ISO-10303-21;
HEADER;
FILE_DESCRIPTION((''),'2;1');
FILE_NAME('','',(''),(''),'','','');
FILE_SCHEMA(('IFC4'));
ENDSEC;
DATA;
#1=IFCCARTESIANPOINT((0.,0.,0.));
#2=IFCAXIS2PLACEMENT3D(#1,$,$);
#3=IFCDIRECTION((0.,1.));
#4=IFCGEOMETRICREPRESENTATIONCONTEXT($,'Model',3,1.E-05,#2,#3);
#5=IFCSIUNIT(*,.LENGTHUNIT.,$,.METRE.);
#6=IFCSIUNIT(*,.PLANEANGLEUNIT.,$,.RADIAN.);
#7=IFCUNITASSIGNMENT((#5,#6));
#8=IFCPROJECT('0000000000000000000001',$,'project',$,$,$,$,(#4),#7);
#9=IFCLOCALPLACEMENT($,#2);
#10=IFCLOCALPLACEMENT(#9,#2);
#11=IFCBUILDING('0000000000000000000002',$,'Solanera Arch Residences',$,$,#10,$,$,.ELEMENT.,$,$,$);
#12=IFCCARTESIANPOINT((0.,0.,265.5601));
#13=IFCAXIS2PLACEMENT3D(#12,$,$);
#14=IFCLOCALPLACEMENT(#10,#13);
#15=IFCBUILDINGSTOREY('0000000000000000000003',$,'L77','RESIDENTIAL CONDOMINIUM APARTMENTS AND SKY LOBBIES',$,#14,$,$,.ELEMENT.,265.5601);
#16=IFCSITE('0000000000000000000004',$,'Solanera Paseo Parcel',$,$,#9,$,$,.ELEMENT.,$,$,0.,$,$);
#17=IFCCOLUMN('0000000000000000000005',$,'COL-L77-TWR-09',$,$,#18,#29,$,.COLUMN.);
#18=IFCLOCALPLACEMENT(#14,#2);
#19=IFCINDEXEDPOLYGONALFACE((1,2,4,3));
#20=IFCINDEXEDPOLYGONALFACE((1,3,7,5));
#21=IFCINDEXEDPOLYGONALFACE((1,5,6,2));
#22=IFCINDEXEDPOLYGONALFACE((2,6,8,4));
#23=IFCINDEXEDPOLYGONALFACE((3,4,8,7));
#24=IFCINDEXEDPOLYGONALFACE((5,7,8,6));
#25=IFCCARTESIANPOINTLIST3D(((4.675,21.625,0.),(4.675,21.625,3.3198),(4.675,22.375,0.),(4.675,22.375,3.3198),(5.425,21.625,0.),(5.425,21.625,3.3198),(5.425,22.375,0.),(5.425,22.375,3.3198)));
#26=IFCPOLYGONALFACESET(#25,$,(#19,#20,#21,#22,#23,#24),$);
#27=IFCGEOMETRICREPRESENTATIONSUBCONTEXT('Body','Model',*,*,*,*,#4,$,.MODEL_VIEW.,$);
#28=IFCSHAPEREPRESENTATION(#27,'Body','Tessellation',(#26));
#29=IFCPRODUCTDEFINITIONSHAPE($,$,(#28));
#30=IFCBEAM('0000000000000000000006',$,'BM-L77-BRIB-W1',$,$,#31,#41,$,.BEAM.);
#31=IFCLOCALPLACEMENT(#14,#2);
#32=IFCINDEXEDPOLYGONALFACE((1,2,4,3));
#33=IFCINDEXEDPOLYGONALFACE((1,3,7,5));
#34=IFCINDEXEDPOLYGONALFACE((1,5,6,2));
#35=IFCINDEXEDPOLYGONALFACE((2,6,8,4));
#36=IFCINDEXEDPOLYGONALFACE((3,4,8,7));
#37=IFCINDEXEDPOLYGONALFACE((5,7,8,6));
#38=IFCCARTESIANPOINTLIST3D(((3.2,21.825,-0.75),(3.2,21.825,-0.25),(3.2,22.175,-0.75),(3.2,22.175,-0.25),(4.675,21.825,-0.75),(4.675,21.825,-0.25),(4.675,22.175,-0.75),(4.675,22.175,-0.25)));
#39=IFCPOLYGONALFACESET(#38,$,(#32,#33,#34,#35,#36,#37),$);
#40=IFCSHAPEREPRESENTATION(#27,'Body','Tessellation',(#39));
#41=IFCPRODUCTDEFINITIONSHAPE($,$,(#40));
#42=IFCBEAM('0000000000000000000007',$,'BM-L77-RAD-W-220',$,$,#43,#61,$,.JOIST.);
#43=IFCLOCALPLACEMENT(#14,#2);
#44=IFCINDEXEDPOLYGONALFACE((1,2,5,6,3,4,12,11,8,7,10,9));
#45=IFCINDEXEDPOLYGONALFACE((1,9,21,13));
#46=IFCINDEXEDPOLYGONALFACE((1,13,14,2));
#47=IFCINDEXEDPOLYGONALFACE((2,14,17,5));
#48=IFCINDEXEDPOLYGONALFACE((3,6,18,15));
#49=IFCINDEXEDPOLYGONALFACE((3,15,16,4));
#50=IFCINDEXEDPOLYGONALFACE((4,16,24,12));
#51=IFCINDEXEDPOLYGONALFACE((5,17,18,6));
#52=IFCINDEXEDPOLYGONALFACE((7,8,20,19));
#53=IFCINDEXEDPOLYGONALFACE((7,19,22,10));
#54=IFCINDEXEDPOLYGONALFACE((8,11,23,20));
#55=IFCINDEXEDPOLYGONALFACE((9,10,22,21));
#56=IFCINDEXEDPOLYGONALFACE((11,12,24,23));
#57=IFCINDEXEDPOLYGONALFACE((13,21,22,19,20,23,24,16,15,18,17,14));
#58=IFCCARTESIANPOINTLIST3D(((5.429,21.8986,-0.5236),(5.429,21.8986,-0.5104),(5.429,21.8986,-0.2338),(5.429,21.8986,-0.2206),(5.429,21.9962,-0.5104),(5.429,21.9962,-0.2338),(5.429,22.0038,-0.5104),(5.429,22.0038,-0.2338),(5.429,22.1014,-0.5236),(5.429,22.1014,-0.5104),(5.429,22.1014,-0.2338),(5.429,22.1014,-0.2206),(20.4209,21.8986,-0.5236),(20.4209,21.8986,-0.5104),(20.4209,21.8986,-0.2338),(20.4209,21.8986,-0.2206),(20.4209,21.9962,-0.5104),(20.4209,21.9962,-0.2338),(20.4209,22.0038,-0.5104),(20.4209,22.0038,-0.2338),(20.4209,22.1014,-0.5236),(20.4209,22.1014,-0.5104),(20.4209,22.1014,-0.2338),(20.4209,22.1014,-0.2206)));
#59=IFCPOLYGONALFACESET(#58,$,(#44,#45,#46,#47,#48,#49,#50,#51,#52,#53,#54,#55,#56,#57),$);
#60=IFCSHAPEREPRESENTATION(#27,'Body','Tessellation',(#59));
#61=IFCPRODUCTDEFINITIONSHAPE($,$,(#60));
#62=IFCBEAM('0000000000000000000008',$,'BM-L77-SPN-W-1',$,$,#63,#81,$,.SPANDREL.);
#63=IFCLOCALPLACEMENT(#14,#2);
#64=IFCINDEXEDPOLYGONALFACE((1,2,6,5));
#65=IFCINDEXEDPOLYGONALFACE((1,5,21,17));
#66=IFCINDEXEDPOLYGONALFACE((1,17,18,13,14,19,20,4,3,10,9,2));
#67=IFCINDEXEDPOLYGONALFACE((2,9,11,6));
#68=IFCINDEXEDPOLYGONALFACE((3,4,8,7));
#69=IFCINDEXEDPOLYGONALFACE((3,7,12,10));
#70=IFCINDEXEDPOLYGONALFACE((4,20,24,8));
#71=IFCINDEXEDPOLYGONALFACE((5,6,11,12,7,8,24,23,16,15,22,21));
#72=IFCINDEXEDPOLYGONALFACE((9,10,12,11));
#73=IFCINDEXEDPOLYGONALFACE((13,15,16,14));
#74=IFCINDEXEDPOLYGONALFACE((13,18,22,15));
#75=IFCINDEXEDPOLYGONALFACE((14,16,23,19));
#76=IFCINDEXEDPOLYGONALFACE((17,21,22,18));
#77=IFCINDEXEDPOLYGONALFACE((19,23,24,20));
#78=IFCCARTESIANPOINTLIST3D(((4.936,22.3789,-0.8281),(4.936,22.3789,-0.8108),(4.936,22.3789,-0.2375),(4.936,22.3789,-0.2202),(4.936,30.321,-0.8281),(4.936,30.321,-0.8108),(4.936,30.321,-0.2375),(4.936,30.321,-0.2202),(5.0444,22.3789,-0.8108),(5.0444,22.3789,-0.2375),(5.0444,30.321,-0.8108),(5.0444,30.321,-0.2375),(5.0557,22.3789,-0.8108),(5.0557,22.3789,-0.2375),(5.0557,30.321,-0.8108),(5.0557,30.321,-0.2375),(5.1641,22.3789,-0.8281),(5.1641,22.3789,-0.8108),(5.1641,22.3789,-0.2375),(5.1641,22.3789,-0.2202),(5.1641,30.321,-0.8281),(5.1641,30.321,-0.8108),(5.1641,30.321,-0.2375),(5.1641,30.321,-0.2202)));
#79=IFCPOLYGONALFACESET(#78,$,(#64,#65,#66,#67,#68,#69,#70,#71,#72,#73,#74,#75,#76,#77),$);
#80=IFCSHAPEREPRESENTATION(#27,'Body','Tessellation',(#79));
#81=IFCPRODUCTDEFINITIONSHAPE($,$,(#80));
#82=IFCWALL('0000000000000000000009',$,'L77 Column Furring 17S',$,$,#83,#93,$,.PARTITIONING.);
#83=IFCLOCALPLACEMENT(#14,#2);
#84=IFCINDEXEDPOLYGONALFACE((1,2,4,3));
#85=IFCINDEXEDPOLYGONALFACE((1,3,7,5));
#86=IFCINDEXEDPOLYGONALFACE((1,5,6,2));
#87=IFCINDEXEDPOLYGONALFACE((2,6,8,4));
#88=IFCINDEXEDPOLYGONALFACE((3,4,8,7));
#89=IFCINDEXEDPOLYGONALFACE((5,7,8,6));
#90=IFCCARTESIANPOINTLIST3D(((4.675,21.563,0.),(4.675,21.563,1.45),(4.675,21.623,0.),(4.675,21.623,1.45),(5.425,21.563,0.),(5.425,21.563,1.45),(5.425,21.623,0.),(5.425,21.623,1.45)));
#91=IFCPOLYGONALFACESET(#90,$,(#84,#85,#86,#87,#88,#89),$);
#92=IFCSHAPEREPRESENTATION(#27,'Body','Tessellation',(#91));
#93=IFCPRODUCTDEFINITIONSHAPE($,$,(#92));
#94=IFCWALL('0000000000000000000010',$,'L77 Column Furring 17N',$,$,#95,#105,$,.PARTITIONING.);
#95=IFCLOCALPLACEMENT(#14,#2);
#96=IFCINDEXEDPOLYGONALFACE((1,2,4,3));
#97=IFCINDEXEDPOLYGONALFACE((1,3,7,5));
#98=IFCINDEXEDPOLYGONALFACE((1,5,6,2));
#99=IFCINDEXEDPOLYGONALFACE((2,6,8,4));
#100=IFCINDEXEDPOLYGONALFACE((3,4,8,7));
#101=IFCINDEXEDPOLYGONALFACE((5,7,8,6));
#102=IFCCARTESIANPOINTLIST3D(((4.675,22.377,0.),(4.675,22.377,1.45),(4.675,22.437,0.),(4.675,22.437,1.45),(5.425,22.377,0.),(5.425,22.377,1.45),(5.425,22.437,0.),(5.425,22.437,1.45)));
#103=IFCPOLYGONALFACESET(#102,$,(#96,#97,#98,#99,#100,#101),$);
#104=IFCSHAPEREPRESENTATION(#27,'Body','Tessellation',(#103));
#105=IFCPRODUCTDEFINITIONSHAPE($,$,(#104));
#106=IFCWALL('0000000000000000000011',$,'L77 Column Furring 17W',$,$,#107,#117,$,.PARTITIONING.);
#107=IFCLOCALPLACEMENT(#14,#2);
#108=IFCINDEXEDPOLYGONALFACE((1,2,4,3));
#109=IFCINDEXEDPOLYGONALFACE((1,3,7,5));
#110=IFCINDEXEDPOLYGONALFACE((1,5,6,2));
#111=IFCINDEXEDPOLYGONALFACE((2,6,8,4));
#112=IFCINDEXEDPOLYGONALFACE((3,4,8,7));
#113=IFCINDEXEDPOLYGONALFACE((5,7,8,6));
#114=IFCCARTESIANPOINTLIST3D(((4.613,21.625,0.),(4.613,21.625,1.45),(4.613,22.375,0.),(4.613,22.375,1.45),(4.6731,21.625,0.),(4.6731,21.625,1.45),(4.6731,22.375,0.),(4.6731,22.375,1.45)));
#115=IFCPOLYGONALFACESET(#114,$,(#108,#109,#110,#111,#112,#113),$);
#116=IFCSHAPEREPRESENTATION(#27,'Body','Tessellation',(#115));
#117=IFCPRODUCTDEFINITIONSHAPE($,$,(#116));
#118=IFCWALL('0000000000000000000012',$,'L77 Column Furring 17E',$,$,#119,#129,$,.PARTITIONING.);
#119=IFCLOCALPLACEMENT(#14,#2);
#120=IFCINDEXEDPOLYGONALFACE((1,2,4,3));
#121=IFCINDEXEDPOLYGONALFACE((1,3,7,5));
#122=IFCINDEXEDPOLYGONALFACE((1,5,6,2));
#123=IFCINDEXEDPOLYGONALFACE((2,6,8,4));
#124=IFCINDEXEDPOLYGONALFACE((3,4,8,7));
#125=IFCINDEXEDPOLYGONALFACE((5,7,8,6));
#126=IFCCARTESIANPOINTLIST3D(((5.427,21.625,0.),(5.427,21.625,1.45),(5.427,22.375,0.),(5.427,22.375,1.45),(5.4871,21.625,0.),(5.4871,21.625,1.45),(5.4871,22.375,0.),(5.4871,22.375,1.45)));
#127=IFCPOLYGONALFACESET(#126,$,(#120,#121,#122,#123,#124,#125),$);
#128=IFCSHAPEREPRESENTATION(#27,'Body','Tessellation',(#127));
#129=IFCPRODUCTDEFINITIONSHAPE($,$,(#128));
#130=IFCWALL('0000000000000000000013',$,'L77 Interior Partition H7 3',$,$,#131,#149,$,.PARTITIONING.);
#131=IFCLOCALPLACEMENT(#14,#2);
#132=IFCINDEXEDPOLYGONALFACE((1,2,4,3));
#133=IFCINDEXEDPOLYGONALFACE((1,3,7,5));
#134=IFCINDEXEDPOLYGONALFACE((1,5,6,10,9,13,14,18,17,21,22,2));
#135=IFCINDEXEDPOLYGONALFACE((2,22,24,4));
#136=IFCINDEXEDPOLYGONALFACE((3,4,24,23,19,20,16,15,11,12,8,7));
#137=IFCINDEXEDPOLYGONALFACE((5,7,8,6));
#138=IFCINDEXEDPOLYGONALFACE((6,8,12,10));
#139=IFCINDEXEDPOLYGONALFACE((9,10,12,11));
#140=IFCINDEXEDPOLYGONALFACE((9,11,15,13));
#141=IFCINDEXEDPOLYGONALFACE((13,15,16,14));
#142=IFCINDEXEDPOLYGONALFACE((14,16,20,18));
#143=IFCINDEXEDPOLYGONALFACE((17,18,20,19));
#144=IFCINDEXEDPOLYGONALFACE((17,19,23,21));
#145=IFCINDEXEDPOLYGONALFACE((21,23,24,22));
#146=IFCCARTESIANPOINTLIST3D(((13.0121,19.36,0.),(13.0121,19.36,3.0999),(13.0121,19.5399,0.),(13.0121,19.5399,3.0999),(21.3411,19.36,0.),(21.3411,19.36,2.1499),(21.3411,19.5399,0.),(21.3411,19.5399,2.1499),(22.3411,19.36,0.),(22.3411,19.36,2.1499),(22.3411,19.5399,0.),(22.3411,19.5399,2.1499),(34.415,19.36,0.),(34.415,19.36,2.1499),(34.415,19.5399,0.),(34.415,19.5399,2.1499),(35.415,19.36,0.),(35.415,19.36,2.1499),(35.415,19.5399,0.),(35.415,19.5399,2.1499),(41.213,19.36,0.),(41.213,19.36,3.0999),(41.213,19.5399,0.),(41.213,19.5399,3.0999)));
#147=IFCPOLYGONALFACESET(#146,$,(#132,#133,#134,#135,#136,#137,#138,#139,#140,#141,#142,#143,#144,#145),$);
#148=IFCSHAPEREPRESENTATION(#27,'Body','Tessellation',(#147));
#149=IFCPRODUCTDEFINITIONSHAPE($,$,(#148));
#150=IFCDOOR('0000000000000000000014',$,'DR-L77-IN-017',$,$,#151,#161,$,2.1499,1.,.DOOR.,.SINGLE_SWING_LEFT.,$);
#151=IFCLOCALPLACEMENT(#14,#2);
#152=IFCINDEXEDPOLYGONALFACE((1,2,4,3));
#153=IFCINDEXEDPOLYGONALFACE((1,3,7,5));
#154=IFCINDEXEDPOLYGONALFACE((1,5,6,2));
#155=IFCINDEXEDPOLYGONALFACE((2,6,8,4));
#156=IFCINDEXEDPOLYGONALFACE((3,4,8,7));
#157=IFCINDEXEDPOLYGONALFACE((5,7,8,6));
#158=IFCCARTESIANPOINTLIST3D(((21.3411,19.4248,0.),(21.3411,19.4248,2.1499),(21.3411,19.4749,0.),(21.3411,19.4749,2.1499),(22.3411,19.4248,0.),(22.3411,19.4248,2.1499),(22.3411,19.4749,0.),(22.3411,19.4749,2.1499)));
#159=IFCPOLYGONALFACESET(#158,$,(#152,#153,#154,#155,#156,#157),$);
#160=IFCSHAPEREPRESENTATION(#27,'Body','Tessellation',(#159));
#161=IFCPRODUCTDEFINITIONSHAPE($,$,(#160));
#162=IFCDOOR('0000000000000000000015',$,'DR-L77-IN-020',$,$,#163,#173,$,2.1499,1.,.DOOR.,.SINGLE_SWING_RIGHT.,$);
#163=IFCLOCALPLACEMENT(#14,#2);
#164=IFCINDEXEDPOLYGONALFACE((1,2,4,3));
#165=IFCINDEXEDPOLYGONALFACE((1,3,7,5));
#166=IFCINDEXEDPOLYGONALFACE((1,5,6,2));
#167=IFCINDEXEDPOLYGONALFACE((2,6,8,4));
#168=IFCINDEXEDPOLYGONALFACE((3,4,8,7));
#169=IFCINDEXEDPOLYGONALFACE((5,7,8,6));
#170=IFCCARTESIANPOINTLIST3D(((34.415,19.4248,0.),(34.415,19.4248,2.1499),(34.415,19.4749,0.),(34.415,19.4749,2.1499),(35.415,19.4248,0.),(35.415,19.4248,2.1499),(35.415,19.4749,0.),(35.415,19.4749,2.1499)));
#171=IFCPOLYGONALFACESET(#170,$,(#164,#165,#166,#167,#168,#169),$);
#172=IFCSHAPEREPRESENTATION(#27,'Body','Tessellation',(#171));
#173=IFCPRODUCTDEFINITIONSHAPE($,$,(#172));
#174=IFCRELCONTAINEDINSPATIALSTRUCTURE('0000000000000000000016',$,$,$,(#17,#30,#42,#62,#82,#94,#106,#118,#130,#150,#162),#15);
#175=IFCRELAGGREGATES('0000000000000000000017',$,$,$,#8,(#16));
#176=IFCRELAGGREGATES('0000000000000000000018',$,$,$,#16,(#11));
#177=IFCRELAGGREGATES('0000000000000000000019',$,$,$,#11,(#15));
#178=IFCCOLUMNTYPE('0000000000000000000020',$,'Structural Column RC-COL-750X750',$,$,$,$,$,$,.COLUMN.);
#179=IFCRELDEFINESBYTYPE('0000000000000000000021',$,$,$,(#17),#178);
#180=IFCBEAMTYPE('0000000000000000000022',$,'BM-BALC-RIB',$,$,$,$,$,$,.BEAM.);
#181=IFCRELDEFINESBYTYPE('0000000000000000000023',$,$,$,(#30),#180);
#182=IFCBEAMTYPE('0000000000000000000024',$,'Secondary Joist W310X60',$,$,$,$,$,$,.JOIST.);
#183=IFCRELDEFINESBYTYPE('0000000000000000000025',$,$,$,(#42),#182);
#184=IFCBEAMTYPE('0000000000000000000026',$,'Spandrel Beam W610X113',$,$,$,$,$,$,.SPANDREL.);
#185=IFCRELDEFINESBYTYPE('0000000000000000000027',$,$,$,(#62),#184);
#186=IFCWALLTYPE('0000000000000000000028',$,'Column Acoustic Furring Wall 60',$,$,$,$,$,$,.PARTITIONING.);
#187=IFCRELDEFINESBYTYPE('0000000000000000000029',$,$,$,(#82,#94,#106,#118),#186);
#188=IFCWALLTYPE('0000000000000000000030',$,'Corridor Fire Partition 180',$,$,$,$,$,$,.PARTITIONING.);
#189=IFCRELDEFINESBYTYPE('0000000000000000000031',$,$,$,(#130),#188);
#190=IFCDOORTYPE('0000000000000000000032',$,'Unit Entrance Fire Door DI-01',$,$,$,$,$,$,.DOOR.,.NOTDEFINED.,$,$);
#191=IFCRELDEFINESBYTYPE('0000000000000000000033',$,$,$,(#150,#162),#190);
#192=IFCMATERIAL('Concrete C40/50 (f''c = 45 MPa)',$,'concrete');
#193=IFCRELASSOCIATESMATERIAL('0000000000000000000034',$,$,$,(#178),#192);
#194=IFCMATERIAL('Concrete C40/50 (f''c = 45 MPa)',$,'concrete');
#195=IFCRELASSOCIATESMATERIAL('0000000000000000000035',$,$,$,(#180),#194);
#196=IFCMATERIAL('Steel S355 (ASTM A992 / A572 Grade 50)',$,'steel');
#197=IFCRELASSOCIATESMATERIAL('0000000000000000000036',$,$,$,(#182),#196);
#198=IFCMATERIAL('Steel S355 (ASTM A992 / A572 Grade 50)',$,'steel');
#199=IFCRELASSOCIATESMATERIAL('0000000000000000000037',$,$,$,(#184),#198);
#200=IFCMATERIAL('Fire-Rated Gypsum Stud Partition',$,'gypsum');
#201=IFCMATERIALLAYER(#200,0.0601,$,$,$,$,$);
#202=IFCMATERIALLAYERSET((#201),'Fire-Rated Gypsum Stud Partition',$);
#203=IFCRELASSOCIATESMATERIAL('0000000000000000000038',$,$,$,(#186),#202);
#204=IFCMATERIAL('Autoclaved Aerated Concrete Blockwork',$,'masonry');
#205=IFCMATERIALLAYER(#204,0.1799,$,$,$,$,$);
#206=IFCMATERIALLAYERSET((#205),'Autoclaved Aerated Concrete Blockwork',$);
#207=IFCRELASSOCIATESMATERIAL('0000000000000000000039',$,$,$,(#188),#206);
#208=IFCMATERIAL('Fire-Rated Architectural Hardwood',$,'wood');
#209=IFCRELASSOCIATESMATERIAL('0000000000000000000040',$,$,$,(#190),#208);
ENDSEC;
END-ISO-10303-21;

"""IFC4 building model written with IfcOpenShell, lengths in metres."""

from ifc_helpers import new_model, si_unit, direction, frame, frame_2d, origin, origin_2d, place, context, subcontext, project, spatial, rectangle, i_section, extrude, material, layer, layer_set, material_profile, profile_set, type_object, element, fill, save


model = new_model("IFC4")

# Units and contexts
model_context = context("Model", 3, precision=1e-05, world=origin(), true_north=direction((0.0, 1.0)))
body_context = subcontext(model_context, "Body", "Model", "MODEL_VIEW")
ifc_project = project(units=[si_unit("LENGTHUNIT", "METRE"), si_unit("PLANEANGLEUNIT", "RADIAN")], contexts=[model_context])

# Site, building, storey
site_placement = place(None, origin())
site = spatial("IfcSite", under=ifc_project, at=site_placement, Name="Solanera Paseo Parcel", CompositionType="ELEMENT", RefElevation=0.0)
building_placement = place(site_placement, origin())
building = spatial("IfcBuilding", under=site, at=building_placement, Name="Solanera Arch Residences", CompositionType="ELEMENT")
storey_placement = place(building_placement, frame((0.0, 0.0, 265.5601)))
storey = spatial("IfcBuildingStorey", under=building, at=storey_placement, Name="L77", Description="RESIDENTIAL CONDOMINIUM APARTMENTS AND SKY LOBBIES", CompositionType="ELEMENT", Elevation=265.5601)

# Column
ifc_material_1 = material(Name="Concrete C40/50 (f'c = 45 MPa)", Category="concrete")
ifc_material_profile_1 = material_profile(ifc_material_1, rectangle(XDim=0.75, YDim=0.75, at=origin_2d()))
ifc_profile_set_1 = profile_set([ifc_material_profile_1], Name="Concrete C40/50 (f'c = 45 MPa)")
column_type = type_object("IfcColumnType", Name="Structural Column RC-COL-750X750", PredefinedType="COLUMN", material=ifc_profile_set_1)
column_placement = place(storey_placement, frame((5.05, 22.0, 0.0), z_axis=(0.0, 0.0, 1.0), x_axis=(1.0, 0.0, 0.0)))
element("IfcColumn", 1, at=column_placement, inside=storey, type_object=column_type, Name="COL-L77-TWR-09", PredefinedType="COLUMN", context=body_context, shape_type="SweptSolid", body=[
    extrude(rectangle(XDim=0.75, YDim=0.75, at=origin_2d()), origin(), (0.0, 0.0, 1.0), 3.3198),
])

# Beams
ifc_material_2 = material(Name="Concrete C40/50 (f'c = 45 MPa)", Category="concrete")
ifc_material_profile_2 = material_profile(ifc_material_2, rectangle(XDim=0.3501, YDim=0.5, at=origin_2d()))
ifc_profile_set_2 = profile_set([ifc_material_profile_2], Name="Concrete C40/50 (f'c = 45 MPa)")
beam_type_1 = type_object("IfcBeamType", Name="BM-BALC-RIB", PredefinedType="BEAM", material=ifc_profile_set_2)
beam_1_placement = place(storey_placement, frame((3.2, 22.0, -0.5), z_axis=(1.0, 0.0, 0.0), x_axis=(0.0, 1.0, 0.0)))
element("IfcBeam", 2, at=beam_1_placement, inside=storey, type_object=beam_type_1, Name="BM-L77-BRIB-W1", PredefinedType="BEAM", context=body_context, shape_type="SweptSolid", body=[
    extrude(rectangle(XDim=0.3501, YDim=0.5, at=origin_2d()), origin(), (0.0, 0.0, 1.0), 1.4751),
])
ifc_material_3 = material(Name="Steel S355 (ASTM A992 / A572 Grade 50)", Category="steel")
ifc_material_profile_3 = material_profile(ifc_material_3, i_section(OverallWidth=0.2029, OverallDepth=0.303, WebThickness=0.0076, FlangeThickness=0.0132, at=origin_2d()))
ifc_profile_set_3 = profile_set([ifc_material_profile_3], Name="Steel S355 (ASTM A992 / A572 Grade 50)")
beam_type_2 = type_object("IfcBeamType", Name="Secondary Joist W310X60", PredefinedType="JOIST", material=ifc_profile_set_3)
beam_2_placement = place(storey_placement, frame((5.429, 22.0, -0.3721), z_axis=(1.0, 0.0, 0.0), x_axis=(0.0, 1.0, 0.0)))
element("IfcBeam", 3, at=beam_2_placement, inside=storey, type_object=beam_type_2, Name="BM-L77-RAD-W-220", PredefinedType="JOIST", context=body_context, shape_type="SweptSolid", body=[
    extrude(i_section(OverallWidth=0.2029, OverallDepth=0.303, WebThickness=0.0076, FlangeThickness=0.0132, at=origin_2d()), origin(), (0.0, 0.0, 1.0), 14.9919),
])
ifc_material_4 = material(Name="Steel S355 (ASTM A992 / A572 Grade 50)", Category="steel")
ifc_material_profile_4 = material_profile(ifc_material_4, i_section(OverallWidth=0.228, OverallDepth=0.6079, WebThickness=0.0112, FlangeThickness=0.0173, at=origin_2d()))
ifc_profile_set_4 = profile_set([ifc_material_profile_4], Name="Steel S355 (ASTM A992 / A572 Grade 50)")
beam_type_3 = type_object("IfcBeamType", Name="Spandrel Beam W610X113", PredefinedType="SPANDREL", material=ifc_profile_set_4)
beam_3_placement = place(storey_placement, frame((5.05, 22.3789, -0.5242), z_axis=(0.0, 1.0, 0.0), x_axis=(-1.0, 0.0, 0.0)))
element("IfcBeam", 4, at=beam_3_placement, inside=storey, type_object=beam_type_3, Name="BM-L77-SPN-W-1", PredefinedType="SPANDREL", context=body_context, shape_type="SweptSolid", body=[
    extrude(i_section(OverallWidth=0.228, OverallDepth=0.6079, WebThickness=0.0112, FlangeThickness=0.0173, at=origin_2d()), origin(), (0.0, 0.0, 1.0), 7.9421),
])

# Walls
ifc_material_5 = material(Name="Fire-Rated Gypsum Stud Partition", Category="gypsum")
ifc_layer_1 = layer(ifc_material_5, 0.0601)
ifc_layer_set_1 = layer_set([ifc_layer_1], Name="Fire-Rated Gypsum Stud Partition")
wall_type_1 = type_object("IfcWallType", Name="Column Acoustic Furring Wall 60", PredefinedType="PARTITIONING", material=ifc_layer_set_1)
for number, where, z_axis, x_axis, name in (
    (5, (4.675, 21.593, 0.0), (0.0, 0.0, 1.0), (1.0, 0.0, 0.0), "L77 Column Furring 17S"),
    (6, (4.675, 22.407, 0.0), (0.0, 0.0, 1.0), (1.0, 0.0, 0.0), "L77 Column Furring 17N"),
    (7, (4.6431, 21.625, 0.0), (0.0, 0.0, 1.0), (0.0, 1.0, 0.0), "L77 Column Furring 17W"),
    (8, (5.457, 21.625, 0.0), (0.0, 0.0, 1.0), (0.0, 1.0, 0.0), "L77 Column Furring 17E"),
):
    element("IfcWall", number, at=place(storey_placement, frame(where, z_axis=z_axis, x_axis=x_axis)), inside=storey, type_object=wall_type_1, Name=name, PredefinedType="PARTITIONING", context=body_context, shape_type="SweptSolid", body=[
        extrude(rectangle(XDim=0.75, YDim=0.0601, at=frame_2d((0.375, 0.0))), origin(), (0.0, 0.0, 1.0), 1.45),
    ])

# Wall, openings, doors
ifc_material_6 = material(Name="Autoclaved Aerated Concrete Blockwork", Category="masonry")
ifc_layer_2 = layer(ifc_material_6, 0.1799)
ifc_layer_set_2 = layer_set([ifc_layer_2], Name="Autoclaved Aerated Concrete Blockwork")
wall_type_2 = type_object("IfcWallType", Name="Corridor Fire Partition 180", PredefinedType="PARTITIONING", material=ifc_layer_set_2)
wall_1_placement = place(storey_placement, frame((13.012, 19.45, 0.0), z_axis=(0.0, 0.0, 1.0), x_axis=(1.0, 0.0, 0.0)))
wall_1 = element("IfcWall", 9, at=wall_1_placement, inside=storey, type_object=wall_type_2, Name="L77 Interior Partition H7 3", PredefinedType="PARTITIONING", context=body_context, shape_type="SweptSolid", body=[
    extrude(rectangle(XDim=28.2009, YDim=0.1799, at=frame_2d((14.1006, 0.0))), origin(), (0.0, 0.0, 1.0), 3.0999),
])
opening_1_placement = place(wall_1_placement, frame((8.3291, 0.0, 0.0)))
opening_1 = element("IfcOpeningElement", 10, at=opening_1_placement, cuts=wall_1, PredefinedType="OPENING", context=body_context, shape_type="SweptSolid", body=[
    extrude(rectangle(XDim=1.0, YDim=2.1499, at=frame_2d((0.5, 1.075))), frame((0.0, 0.1001, 0.0), z_axis=(0.0, -1.0, 0.0), x_axis=(1.0, 0.0, 0.0)), (0.0, 0.0, 1.0), 0.1999),
])
opening_2_placement = place(wall_1_placement, frame((21.4031, 0.0, 0.0)))
opening_2 = element("IfcOpeningElement", 11, at=opening_2_placement, cuts=wall_1, PredefinedType="OPENING", context=body_context, shape_type="SweptSolid", body=[
    extrude(rectangle(XDim=1.0, YDim=2.1499, at=frame_2d((0.5, 1.075))), frame((0.0, 0.1001, 0.0), z_axis=(0.0, -1.0, 0.0), x_axis=(1.0, 0.0, 0.0)), (0.0, 0.0, 1.0), 0.1999),
])
ifc_material_7 = material(Name="Fire-Rated Architectural Hardwood", Category="wood")
door_type_1 = type_object("IfcDoorType", Name="Unit Entrance Fire Door DI-01", OperationType="NOTDEFINED", PredefinedType="DOOR", material=ifc_material_7)
door_1_placement = place(opening_1_placement, origin())
door_1 = element("IfcDoor", 12, at=door_1_placement, inside=storey, type_object=door_type_1, Name="DR-L77-IN-017", OperationType="SINGLE_SWING_LEFT", OverallHeight=2.1499, OverallWidth=1.0, PredefinedType="DOOR", context=body_context, shape_type="SweptSolid", body=[
    extrude(rectangle(XDim=1.0, YDim=2.1499, at=frame_2d((0.5, 1.075))), frame((0.0, 0.0249, 0.0), z_axis=(0.0, -1.0, 0.0), x_axis=(1.0, 0.0, 0.0)), (0.0, 0.0, 1.0), 0.05),
])
fill(opening_1, door_1)
door_2_placement = place(opening_2_placement, origin())
door_2 = element("IfcDoor", 13, at=door_2_placement, inside=storey, type_object=door_type_1, Name="DR-L77-IN-020", OperationType="SINGLE_SWING_RIGHT", OverallHeight=2.1499, OverallWidth=1.0, PredefinedType="DOOR", context=body_context, shape_type="SweptSolid", body=[
    extrude(rectangle(XDim=1.0, YDim=2.1499, at=frame_2d((0.5, 1.075))), frame((0.0, 0.0249, 0.0), z_axis=(0.0, -1.0, 0.0), x_axis=(1.0, 0.0, 0.0)), (0.0, 0.0, 1.0), 0.05),
])
fill(opening_2, door_2)

save(model, "model.ifc")
